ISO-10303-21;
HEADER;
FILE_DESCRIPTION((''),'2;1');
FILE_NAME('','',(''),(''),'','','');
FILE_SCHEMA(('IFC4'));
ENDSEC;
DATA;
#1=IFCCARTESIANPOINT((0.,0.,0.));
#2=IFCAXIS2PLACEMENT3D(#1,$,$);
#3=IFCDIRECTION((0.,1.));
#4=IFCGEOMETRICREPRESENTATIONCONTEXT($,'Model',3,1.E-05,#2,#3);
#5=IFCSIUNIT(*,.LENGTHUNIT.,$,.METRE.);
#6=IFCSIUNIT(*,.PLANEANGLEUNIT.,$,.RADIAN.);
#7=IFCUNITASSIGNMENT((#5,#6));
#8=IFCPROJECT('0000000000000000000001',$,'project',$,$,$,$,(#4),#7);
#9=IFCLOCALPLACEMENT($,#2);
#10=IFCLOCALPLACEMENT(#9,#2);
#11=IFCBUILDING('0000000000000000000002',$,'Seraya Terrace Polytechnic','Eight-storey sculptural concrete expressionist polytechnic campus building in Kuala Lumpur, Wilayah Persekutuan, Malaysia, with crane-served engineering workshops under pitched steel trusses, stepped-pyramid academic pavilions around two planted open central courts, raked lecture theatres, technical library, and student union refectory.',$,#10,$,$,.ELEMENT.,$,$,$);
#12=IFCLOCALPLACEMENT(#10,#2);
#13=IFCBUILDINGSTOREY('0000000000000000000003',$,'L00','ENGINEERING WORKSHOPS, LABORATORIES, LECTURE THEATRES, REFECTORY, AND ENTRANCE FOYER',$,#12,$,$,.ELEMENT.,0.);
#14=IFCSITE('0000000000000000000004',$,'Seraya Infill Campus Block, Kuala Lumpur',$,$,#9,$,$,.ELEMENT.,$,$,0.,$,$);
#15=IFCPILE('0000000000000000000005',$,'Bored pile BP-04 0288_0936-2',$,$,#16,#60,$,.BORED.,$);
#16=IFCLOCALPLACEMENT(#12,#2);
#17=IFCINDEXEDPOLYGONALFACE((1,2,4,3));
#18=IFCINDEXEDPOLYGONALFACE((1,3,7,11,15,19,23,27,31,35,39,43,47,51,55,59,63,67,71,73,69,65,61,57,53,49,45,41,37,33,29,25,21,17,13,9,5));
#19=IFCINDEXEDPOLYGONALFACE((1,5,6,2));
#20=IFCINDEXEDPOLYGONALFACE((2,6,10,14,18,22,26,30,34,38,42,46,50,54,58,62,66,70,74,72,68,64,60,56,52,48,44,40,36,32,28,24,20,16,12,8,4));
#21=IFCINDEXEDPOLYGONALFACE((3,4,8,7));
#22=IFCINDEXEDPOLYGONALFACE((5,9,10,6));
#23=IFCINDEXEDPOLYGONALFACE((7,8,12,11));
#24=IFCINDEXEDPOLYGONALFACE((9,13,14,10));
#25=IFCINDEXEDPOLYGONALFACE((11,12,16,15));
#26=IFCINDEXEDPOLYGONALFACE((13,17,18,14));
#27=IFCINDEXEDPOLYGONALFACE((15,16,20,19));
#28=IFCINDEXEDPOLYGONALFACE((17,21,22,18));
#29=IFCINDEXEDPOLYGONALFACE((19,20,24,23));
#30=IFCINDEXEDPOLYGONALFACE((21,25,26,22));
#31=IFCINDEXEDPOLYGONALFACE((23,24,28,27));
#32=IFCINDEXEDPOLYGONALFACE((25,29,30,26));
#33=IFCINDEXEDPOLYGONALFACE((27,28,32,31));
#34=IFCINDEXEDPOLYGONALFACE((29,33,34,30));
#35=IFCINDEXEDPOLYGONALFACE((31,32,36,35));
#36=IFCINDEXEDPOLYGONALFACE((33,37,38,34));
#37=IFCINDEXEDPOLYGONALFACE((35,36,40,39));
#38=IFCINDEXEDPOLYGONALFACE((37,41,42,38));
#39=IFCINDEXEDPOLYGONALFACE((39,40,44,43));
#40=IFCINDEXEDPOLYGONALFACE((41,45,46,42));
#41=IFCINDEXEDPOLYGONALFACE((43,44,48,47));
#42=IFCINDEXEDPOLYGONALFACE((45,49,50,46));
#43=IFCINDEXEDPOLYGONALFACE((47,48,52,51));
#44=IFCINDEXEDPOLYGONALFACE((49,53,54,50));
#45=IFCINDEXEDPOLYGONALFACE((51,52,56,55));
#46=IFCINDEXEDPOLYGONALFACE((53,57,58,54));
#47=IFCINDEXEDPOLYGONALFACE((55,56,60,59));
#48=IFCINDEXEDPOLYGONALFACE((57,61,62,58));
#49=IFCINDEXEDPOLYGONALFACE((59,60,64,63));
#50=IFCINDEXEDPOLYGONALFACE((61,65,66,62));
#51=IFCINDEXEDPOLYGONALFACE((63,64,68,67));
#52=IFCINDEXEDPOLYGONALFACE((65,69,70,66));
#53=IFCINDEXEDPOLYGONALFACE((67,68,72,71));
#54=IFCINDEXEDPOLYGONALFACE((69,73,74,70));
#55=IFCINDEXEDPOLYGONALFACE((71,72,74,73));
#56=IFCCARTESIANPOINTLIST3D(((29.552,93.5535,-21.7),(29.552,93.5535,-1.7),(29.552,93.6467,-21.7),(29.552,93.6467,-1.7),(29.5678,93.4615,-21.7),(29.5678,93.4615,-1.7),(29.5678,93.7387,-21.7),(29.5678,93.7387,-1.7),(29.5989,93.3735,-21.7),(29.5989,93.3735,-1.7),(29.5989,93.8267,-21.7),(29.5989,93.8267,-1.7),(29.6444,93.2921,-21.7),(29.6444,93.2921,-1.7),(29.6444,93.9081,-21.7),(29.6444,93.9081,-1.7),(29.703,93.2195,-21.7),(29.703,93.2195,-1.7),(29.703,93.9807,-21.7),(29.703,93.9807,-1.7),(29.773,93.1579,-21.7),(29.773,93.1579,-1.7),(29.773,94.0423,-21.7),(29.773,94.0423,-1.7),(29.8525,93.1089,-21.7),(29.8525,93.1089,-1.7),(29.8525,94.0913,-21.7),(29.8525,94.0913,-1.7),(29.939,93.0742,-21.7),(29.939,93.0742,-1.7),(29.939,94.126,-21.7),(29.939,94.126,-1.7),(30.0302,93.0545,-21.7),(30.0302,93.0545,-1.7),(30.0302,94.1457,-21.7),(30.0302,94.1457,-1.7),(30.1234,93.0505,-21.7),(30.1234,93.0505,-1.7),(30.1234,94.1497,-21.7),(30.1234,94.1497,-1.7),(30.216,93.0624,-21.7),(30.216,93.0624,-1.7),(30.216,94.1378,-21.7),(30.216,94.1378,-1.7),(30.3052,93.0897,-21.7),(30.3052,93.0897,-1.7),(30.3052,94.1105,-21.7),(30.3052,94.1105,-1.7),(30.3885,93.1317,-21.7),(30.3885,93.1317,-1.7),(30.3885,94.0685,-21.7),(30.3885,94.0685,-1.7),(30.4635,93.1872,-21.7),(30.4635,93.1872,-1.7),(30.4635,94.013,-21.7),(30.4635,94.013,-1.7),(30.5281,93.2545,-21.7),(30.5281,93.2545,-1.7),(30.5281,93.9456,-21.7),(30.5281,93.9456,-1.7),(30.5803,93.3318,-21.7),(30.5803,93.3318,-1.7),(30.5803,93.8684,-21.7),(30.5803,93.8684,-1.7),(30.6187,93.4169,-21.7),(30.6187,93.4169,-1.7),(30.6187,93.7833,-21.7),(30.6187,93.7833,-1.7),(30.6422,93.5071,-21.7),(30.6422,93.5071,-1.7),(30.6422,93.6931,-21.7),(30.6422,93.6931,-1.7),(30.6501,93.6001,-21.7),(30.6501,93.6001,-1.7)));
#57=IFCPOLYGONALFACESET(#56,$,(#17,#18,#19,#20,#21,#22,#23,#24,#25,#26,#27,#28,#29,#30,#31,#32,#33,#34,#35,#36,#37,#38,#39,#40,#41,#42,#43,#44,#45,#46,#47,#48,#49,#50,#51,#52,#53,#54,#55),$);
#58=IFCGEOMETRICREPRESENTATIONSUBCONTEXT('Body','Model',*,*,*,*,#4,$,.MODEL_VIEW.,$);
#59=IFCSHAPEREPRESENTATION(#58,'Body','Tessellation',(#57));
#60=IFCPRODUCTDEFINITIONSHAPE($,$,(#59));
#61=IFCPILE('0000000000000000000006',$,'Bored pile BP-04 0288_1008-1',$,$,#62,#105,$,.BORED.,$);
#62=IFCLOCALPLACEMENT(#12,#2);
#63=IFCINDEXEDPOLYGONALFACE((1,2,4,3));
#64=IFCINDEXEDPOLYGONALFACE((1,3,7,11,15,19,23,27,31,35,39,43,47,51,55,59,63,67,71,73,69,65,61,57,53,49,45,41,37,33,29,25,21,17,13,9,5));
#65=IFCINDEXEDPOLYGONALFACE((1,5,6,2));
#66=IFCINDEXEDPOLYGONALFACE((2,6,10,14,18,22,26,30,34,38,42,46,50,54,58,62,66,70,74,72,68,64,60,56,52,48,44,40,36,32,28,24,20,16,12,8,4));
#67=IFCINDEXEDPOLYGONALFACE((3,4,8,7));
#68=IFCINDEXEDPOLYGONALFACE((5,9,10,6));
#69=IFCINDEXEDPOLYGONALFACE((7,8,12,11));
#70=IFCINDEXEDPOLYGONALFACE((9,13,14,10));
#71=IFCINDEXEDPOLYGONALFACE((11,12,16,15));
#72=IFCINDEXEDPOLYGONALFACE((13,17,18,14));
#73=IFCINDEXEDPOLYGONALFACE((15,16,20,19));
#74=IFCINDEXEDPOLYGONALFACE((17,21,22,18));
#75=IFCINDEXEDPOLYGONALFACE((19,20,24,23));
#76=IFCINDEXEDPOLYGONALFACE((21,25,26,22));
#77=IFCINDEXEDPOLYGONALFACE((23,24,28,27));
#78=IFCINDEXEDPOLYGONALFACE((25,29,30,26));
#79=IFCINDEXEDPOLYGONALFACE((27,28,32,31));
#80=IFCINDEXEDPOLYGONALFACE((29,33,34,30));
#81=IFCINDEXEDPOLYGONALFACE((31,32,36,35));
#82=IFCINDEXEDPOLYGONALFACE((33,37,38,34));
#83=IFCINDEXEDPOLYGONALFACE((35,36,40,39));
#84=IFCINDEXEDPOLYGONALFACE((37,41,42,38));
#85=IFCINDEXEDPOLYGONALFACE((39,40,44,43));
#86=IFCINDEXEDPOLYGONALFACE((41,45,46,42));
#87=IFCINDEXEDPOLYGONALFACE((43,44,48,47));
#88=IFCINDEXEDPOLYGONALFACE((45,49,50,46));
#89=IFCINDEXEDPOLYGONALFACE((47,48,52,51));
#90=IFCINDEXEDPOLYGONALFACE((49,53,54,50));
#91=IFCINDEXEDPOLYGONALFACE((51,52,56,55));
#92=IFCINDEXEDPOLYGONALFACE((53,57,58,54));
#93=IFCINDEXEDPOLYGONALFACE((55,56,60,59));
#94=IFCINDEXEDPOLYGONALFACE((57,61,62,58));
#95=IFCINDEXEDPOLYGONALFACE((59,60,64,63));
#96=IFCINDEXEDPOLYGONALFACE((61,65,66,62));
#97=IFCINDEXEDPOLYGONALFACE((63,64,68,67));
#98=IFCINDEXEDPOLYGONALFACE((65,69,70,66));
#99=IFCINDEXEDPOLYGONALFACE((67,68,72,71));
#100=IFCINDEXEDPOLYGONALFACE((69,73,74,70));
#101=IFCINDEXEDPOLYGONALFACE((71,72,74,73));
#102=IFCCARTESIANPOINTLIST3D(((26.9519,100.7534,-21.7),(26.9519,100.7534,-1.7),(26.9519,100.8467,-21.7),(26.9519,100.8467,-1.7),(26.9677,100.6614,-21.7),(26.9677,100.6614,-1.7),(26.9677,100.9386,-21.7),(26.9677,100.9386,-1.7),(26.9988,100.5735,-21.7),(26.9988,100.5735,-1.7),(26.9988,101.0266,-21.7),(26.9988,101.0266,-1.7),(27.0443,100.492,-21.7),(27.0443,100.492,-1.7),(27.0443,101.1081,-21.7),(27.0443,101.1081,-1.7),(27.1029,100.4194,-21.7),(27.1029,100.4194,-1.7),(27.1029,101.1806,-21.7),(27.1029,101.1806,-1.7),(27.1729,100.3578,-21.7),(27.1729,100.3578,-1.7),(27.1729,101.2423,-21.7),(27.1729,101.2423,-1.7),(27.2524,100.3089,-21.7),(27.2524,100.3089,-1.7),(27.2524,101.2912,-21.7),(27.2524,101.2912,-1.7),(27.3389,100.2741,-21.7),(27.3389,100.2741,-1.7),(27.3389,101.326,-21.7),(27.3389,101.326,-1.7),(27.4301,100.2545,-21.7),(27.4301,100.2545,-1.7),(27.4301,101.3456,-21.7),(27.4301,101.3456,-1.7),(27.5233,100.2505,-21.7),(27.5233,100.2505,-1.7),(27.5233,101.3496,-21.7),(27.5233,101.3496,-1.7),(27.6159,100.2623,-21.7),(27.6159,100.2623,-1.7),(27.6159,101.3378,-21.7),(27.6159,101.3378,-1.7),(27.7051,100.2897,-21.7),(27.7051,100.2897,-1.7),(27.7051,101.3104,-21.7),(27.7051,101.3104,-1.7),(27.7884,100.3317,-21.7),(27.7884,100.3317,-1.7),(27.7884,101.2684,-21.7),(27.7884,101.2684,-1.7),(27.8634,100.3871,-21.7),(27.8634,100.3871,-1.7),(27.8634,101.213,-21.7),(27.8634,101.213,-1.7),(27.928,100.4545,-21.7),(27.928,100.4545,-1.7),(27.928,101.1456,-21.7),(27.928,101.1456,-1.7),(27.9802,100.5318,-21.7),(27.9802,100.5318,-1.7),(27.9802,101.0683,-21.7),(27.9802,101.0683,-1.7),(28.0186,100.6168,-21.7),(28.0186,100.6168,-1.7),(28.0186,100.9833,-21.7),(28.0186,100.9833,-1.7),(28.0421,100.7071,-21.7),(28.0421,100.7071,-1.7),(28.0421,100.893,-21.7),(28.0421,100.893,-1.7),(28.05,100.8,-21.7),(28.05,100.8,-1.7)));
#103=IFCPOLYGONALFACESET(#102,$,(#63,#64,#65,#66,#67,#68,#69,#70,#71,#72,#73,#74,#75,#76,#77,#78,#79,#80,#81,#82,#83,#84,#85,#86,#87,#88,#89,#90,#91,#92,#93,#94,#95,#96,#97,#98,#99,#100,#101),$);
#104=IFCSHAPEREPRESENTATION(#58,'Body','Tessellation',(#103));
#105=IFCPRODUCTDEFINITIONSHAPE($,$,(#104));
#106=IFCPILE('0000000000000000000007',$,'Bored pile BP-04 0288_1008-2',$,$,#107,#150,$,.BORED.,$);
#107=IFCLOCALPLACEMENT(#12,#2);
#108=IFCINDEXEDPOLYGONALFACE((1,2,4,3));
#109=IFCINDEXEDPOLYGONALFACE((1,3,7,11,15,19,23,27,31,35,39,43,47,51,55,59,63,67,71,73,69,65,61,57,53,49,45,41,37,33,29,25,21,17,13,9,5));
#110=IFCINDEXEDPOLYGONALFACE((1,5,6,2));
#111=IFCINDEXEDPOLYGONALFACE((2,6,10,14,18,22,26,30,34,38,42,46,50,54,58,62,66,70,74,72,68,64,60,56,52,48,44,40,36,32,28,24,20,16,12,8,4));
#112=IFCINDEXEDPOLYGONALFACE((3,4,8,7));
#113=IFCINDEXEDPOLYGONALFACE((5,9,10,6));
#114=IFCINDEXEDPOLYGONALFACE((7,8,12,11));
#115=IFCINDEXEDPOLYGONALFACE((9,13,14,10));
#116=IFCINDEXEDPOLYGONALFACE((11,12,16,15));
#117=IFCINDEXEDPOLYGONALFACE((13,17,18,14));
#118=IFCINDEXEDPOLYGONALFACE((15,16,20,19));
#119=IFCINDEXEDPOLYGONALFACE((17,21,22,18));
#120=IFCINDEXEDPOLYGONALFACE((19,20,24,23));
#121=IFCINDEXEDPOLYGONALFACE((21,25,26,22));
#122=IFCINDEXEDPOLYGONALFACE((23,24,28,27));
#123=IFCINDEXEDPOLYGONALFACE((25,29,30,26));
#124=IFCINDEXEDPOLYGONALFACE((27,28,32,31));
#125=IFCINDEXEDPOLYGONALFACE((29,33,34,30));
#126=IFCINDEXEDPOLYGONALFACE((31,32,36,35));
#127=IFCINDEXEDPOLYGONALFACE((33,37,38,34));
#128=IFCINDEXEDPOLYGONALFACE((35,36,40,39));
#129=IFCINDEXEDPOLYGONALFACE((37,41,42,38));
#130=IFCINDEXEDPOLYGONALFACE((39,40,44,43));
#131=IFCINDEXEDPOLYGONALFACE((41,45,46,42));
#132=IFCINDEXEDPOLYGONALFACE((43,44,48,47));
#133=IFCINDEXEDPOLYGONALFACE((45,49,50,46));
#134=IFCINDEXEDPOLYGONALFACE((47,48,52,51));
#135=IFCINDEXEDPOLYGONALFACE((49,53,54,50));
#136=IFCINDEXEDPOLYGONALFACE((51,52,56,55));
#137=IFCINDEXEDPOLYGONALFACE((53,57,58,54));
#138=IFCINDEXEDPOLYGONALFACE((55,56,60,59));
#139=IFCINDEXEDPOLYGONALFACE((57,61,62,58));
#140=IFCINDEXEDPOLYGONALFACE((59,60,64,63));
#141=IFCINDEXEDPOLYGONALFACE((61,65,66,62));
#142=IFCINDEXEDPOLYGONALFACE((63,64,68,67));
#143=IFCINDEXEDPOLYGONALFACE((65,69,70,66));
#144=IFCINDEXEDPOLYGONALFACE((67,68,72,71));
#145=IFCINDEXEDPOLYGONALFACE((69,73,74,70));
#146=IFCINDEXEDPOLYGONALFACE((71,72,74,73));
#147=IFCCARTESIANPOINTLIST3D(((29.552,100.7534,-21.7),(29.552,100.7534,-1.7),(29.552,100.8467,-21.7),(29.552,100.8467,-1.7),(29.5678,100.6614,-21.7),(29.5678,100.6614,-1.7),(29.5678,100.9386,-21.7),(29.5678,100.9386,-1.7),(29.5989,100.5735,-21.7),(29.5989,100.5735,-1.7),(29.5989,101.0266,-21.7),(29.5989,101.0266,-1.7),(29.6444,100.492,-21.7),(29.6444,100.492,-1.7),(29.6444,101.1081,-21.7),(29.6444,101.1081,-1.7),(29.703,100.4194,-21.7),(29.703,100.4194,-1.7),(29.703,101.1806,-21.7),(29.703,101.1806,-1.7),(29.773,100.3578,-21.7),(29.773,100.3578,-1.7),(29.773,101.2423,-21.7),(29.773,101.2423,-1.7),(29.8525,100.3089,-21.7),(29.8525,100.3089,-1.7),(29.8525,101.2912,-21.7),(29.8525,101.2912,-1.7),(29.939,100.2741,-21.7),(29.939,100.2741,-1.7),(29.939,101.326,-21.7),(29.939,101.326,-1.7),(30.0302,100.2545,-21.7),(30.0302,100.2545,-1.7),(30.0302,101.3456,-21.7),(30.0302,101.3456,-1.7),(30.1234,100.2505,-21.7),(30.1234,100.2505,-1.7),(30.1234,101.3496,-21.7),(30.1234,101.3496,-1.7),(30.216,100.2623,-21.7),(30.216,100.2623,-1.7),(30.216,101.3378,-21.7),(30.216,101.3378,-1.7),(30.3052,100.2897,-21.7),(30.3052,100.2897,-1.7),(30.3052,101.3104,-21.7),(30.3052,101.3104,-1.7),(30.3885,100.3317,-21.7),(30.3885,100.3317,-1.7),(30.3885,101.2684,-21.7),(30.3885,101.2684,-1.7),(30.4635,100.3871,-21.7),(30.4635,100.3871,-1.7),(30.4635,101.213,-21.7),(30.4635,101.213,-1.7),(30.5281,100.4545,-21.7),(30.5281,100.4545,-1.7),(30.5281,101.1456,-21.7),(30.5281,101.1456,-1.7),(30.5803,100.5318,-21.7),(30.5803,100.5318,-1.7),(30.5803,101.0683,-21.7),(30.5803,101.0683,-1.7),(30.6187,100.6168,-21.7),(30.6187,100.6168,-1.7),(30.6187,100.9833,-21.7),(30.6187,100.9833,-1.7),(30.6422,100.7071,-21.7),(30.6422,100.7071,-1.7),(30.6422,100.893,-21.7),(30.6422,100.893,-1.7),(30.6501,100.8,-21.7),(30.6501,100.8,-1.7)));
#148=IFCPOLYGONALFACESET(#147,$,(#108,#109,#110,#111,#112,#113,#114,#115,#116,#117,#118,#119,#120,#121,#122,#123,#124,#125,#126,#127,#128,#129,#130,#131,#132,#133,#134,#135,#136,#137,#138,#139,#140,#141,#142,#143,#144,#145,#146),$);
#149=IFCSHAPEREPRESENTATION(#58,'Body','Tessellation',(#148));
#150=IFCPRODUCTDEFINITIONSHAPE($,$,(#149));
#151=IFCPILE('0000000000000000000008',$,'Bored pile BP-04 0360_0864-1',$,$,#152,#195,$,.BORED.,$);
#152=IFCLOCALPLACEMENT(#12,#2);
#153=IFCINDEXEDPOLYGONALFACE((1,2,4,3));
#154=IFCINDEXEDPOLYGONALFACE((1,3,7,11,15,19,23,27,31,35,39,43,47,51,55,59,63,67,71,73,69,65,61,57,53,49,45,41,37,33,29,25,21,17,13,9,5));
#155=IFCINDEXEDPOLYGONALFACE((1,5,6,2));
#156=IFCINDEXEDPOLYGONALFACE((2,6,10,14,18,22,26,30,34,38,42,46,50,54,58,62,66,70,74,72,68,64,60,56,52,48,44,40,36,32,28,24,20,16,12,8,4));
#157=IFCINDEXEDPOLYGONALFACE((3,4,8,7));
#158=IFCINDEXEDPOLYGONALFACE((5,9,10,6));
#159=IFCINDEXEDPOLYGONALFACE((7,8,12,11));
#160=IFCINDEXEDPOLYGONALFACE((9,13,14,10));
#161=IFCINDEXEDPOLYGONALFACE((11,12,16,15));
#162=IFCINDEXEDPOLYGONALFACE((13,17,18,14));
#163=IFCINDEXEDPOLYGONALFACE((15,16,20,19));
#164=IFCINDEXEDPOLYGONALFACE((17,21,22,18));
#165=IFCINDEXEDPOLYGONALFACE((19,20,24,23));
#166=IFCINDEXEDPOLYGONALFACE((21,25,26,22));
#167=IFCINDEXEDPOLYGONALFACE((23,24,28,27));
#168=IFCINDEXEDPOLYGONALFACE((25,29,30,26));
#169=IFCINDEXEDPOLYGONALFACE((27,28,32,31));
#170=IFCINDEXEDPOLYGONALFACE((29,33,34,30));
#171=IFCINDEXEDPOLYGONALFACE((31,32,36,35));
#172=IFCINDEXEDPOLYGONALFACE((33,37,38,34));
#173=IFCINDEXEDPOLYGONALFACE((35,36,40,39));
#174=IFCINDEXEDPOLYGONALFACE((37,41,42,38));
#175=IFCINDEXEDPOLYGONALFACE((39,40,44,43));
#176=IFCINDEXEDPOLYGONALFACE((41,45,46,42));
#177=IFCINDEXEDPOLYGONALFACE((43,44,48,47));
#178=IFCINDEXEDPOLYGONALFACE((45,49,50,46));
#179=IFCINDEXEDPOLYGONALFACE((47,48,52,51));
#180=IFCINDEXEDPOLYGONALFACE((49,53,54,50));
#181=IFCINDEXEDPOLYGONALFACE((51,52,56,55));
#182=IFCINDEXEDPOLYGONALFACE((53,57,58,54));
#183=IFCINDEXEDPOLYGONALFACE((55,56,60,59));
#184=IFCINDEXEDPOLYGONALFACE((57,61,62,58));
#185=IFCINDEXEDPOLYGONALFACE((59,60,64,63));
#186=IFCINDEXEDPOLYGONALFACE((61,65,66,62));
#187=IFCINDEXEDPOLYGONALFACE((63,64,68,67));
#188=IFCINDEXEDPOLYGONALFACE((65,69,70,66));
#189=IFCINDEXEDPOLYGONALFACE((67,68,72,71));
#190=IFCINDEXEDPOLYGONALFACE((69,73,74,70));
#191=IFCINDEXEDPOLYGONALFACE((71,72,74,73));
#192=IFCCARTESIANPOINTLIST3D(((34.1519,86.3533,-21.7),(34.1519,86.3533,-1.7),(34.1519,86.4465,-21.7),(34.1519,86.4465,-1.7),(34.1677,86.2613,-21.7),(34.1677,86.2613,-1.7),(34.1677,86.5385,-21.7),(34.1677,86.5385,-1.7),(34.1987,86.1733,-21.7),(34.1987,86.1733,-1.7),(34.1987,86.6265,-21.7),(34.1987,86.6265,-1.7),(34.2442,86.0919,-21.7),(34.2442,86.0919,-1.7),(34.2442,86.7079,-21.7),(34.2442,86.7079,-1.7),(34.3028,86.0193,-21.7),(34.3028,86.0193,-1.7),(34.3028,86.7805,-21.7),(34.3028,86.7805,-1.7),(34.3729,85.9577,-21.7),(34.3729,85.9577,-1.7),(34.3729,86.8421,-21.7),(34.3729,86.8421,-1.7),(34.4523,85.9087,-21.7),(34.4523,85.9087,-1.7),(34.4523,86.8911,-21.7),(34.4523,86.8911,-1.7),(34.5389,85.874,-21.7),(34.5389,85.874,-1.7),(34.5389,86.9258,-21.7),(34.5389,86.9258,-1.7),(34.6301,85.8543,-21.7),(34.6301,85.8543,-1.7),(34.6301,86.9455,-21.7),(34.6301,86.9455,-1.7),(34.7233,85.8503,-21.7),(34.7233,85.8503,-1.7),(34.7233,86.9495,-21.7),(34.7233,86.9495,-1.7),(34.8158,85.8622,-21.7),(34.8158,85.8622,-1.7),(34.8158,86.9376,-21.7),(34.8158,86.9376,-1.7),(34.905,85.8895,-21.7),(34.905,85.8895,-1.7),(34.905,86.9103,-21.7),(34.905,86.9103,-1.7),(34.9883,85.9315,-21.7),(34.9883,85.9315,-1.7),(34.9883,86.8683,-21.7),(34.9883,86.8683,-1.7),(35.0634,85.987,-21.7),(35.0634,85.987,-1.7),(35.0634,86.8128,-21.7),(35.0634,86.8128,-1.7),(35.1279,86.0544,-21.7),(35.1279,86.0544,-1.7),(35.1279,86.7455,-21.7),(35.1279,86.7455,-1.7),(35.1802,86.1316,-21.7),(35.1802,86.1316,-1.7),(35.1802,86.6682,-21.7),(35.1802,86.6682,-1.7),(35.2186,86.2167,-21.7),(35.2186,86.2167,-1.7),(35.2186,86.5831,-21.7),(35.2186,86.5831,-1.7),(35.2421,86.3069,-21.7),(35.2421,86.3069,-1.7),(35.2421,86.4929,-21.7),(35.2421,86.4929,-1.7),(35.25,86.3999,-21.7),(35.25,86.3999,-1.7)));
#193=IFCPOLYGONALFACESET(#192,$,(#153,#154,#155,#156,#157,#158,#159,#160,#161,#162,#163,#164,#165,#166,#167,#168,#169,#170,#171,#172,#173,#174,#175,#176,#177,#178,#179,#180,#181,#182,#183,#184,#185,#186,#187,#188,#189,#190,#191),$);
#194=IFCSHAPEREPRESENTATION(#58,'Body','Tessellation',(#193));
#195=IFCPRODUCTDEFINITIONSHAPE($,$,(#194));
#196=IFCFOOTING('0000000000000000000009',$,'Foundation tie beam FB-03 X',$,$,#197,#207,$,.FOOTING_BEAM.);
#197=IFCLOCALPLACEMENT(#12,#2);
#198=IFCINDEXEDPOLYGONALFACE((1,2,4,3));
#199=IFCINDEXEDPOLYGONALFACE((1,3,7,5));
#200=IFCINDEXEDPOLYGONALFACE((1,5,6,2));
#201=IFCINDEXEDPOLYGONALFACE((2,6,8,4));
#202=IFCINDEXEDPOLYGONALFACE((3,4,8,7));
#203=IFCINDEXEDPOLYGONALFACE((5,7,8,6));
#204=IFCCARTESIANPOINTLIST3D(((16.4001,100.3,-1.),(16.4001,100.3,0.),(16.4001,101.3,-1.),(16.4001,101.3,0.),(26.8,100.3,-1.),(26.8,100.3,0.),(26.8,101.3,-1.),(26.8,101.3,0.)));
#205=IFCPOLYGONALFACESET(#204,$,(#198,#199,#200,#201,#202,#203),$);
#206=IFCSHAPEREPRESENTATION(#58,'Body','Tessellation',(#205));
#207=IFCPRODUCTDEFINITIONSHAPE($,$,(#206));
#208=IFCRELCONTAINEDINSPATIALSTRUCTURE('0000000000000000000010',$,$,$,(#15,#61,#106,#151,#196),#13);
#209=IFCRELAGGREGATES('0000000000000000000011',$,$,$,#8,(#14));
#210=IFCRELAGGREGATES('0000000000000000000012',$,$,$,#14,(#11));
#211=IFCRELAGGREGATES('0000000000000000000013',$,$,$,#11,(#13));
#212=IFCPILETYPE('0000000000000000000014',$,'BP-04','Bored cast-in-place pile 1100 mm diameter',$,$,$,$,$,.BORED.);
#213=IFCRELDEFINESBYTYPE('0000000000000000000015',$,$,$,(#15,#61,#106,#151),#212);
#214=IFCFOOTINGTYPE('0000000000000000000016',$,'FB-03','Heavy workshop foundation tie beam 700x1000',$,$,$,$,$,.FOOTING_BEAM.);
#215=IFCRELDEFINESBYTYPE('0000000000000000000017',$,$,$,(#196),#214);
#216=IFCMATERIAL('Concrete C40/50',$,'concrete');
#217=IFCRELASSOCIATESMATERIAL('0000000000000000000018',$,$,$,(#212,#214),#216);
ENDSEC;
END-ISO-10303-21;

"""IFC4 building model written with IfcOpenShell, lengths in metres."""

from ifc_helpers import new_model, si_unit, direction, frame, origin, origin_2d, place, context, subcontext, project, spatial, rectangle, circle, extrude, material, material_profile, profile_set, type_object, element, save


model = new_model("IFC4")

# Units and contexts
model_context = context("Model", 3, precision=1e-05, world=origin(), true_north=direction((0.0, 1.0)))
body_context = subcontext(model_context, "Body", "Model", "MODEL_VIEW")
ifc_project = project(units=[si_unit("LENGTHUNIT", "METRE"), si_unit("PLANEANGLEUNIT", "RADIAN")], contexts=[model_context])

# Site, building, storey
site_placement = place(None, origin())
site = spatial("IfcSite", under=ifc_project, at=site_placement, Name="Seraya Infill Campus Block, Kuala Lumpur", CompositionType="ELEMENT", RefElevation=0.0)
building_placement = place(site_placement, origin())
building = spatial("IfcBuilding", under=site, at=building_placement, Name="Seraya Terrace Polytechnic", Description="Eight-storey sculptural concrete expressionist polytechnic campus building in Kuala Lumpur, Wilayah Persekutuan, Malaysia, with crane-served engineering workshops under pitched steel trusses, stepped-pyramid academic pavilions around two planted open central courts, raked lecture theatres, technical library, and student union refectory.", CompositionType="ELEMENT")
storey_placement = place(building_placement, origin())
storey = spatial("IfcBuildingStorey", under=building, at=storey_placement, Name="L00", Description="ENGINEERING WORKSHOPS, LABORATORIES, LECTURE THEATRES, REFECTORY, AND ENTRANCE FOYER", CompositionType="ELEMENT", Elevation=0.0)

# Piles
ifc_material_1 = material(Name="Concrete C40/50", Category="concrete")
ifc_material_profile_1 = material_profile(ifc_material_1, circle(Radius=0.55, at=origin_2d()), Name="DIA 1100")
ifc_profile_set_1 = profile_set([ifc_material_profile_1], Name="Concrete C40/50")
pile_type = type_object("IfcPileType", Name="BP-04", Description="Bored cast-in-place pile 1100 mm diameter", PredefinedType="BORED", material=ifc_profile_set_1)
for number, where, z_axis, x_axis, name in (
    (1, (30.1001, 93.6001, -1.7), (0.0, 0.0, -1.0), (1.0, 0.0, 0.0), "Bored pile BP-04 0288_0936-2"),
    (2, (27.5, 100.8, -1.7), (0.0, 0.0, -1.0), (1.0, 0.0, 0.0), "Bored pile BP-04 0288_1008-1"),
    (3, (30.1001, 100.8, -1.7), (0.0, 0.0, -1.0), (1.0, 0.0, 0.0), "Bored pile BP-04 0288_1008-2"),
    (4, (34.7, 86.3999, -1.7), (0.0, 0.0, -1.0), (1.0, 0.0, 0.0), "Bored pile BP-04 0360_0864-1"),
):
    element("IfcPile", number, at=place(storey_placement, frame(where, z_axis=z_axis, x_axis=x_axis)), inside=storey, type_object=pile_type, Name=name, PredefinedType="BORED", context=body_context, shape_type="SweptSolid", body=[
        extrude(circle(Radius=0.55, at=origin_2d()), origin(), (0.0, 0.0, 1.0), 20.0),
    ])

# Footing
footing_type_1 = type_object("IfcFootingType", Name="FB-03", Description="Heavy workshop foundation tie beam 700x1000", PredefinedType="FOOTING_BEAM", material=ifc_material_1)
footing_placement = place(storey_placement, frame((21.6001, 100.8, -1.0), z_axis=(0.0, 0.0, 1.0), x_axis=(1.0, 0.0, 0.0)))
element("IfcFooting", 5, at=footing_placement, inside=storey, type_object=footing_type_1, Name="Foundation tie beam FB-03 X", PredefinedType="FOOTING_BEAM", context=body_context, shape_type="SweptSolid", body=[
    extrude(rectangle(XDim=10.3999, YDim=1.0, at=origin_2d()), origin(), (0.0, 0.0, 1.0), 1.0),
])

save(model, "model.ifc")
